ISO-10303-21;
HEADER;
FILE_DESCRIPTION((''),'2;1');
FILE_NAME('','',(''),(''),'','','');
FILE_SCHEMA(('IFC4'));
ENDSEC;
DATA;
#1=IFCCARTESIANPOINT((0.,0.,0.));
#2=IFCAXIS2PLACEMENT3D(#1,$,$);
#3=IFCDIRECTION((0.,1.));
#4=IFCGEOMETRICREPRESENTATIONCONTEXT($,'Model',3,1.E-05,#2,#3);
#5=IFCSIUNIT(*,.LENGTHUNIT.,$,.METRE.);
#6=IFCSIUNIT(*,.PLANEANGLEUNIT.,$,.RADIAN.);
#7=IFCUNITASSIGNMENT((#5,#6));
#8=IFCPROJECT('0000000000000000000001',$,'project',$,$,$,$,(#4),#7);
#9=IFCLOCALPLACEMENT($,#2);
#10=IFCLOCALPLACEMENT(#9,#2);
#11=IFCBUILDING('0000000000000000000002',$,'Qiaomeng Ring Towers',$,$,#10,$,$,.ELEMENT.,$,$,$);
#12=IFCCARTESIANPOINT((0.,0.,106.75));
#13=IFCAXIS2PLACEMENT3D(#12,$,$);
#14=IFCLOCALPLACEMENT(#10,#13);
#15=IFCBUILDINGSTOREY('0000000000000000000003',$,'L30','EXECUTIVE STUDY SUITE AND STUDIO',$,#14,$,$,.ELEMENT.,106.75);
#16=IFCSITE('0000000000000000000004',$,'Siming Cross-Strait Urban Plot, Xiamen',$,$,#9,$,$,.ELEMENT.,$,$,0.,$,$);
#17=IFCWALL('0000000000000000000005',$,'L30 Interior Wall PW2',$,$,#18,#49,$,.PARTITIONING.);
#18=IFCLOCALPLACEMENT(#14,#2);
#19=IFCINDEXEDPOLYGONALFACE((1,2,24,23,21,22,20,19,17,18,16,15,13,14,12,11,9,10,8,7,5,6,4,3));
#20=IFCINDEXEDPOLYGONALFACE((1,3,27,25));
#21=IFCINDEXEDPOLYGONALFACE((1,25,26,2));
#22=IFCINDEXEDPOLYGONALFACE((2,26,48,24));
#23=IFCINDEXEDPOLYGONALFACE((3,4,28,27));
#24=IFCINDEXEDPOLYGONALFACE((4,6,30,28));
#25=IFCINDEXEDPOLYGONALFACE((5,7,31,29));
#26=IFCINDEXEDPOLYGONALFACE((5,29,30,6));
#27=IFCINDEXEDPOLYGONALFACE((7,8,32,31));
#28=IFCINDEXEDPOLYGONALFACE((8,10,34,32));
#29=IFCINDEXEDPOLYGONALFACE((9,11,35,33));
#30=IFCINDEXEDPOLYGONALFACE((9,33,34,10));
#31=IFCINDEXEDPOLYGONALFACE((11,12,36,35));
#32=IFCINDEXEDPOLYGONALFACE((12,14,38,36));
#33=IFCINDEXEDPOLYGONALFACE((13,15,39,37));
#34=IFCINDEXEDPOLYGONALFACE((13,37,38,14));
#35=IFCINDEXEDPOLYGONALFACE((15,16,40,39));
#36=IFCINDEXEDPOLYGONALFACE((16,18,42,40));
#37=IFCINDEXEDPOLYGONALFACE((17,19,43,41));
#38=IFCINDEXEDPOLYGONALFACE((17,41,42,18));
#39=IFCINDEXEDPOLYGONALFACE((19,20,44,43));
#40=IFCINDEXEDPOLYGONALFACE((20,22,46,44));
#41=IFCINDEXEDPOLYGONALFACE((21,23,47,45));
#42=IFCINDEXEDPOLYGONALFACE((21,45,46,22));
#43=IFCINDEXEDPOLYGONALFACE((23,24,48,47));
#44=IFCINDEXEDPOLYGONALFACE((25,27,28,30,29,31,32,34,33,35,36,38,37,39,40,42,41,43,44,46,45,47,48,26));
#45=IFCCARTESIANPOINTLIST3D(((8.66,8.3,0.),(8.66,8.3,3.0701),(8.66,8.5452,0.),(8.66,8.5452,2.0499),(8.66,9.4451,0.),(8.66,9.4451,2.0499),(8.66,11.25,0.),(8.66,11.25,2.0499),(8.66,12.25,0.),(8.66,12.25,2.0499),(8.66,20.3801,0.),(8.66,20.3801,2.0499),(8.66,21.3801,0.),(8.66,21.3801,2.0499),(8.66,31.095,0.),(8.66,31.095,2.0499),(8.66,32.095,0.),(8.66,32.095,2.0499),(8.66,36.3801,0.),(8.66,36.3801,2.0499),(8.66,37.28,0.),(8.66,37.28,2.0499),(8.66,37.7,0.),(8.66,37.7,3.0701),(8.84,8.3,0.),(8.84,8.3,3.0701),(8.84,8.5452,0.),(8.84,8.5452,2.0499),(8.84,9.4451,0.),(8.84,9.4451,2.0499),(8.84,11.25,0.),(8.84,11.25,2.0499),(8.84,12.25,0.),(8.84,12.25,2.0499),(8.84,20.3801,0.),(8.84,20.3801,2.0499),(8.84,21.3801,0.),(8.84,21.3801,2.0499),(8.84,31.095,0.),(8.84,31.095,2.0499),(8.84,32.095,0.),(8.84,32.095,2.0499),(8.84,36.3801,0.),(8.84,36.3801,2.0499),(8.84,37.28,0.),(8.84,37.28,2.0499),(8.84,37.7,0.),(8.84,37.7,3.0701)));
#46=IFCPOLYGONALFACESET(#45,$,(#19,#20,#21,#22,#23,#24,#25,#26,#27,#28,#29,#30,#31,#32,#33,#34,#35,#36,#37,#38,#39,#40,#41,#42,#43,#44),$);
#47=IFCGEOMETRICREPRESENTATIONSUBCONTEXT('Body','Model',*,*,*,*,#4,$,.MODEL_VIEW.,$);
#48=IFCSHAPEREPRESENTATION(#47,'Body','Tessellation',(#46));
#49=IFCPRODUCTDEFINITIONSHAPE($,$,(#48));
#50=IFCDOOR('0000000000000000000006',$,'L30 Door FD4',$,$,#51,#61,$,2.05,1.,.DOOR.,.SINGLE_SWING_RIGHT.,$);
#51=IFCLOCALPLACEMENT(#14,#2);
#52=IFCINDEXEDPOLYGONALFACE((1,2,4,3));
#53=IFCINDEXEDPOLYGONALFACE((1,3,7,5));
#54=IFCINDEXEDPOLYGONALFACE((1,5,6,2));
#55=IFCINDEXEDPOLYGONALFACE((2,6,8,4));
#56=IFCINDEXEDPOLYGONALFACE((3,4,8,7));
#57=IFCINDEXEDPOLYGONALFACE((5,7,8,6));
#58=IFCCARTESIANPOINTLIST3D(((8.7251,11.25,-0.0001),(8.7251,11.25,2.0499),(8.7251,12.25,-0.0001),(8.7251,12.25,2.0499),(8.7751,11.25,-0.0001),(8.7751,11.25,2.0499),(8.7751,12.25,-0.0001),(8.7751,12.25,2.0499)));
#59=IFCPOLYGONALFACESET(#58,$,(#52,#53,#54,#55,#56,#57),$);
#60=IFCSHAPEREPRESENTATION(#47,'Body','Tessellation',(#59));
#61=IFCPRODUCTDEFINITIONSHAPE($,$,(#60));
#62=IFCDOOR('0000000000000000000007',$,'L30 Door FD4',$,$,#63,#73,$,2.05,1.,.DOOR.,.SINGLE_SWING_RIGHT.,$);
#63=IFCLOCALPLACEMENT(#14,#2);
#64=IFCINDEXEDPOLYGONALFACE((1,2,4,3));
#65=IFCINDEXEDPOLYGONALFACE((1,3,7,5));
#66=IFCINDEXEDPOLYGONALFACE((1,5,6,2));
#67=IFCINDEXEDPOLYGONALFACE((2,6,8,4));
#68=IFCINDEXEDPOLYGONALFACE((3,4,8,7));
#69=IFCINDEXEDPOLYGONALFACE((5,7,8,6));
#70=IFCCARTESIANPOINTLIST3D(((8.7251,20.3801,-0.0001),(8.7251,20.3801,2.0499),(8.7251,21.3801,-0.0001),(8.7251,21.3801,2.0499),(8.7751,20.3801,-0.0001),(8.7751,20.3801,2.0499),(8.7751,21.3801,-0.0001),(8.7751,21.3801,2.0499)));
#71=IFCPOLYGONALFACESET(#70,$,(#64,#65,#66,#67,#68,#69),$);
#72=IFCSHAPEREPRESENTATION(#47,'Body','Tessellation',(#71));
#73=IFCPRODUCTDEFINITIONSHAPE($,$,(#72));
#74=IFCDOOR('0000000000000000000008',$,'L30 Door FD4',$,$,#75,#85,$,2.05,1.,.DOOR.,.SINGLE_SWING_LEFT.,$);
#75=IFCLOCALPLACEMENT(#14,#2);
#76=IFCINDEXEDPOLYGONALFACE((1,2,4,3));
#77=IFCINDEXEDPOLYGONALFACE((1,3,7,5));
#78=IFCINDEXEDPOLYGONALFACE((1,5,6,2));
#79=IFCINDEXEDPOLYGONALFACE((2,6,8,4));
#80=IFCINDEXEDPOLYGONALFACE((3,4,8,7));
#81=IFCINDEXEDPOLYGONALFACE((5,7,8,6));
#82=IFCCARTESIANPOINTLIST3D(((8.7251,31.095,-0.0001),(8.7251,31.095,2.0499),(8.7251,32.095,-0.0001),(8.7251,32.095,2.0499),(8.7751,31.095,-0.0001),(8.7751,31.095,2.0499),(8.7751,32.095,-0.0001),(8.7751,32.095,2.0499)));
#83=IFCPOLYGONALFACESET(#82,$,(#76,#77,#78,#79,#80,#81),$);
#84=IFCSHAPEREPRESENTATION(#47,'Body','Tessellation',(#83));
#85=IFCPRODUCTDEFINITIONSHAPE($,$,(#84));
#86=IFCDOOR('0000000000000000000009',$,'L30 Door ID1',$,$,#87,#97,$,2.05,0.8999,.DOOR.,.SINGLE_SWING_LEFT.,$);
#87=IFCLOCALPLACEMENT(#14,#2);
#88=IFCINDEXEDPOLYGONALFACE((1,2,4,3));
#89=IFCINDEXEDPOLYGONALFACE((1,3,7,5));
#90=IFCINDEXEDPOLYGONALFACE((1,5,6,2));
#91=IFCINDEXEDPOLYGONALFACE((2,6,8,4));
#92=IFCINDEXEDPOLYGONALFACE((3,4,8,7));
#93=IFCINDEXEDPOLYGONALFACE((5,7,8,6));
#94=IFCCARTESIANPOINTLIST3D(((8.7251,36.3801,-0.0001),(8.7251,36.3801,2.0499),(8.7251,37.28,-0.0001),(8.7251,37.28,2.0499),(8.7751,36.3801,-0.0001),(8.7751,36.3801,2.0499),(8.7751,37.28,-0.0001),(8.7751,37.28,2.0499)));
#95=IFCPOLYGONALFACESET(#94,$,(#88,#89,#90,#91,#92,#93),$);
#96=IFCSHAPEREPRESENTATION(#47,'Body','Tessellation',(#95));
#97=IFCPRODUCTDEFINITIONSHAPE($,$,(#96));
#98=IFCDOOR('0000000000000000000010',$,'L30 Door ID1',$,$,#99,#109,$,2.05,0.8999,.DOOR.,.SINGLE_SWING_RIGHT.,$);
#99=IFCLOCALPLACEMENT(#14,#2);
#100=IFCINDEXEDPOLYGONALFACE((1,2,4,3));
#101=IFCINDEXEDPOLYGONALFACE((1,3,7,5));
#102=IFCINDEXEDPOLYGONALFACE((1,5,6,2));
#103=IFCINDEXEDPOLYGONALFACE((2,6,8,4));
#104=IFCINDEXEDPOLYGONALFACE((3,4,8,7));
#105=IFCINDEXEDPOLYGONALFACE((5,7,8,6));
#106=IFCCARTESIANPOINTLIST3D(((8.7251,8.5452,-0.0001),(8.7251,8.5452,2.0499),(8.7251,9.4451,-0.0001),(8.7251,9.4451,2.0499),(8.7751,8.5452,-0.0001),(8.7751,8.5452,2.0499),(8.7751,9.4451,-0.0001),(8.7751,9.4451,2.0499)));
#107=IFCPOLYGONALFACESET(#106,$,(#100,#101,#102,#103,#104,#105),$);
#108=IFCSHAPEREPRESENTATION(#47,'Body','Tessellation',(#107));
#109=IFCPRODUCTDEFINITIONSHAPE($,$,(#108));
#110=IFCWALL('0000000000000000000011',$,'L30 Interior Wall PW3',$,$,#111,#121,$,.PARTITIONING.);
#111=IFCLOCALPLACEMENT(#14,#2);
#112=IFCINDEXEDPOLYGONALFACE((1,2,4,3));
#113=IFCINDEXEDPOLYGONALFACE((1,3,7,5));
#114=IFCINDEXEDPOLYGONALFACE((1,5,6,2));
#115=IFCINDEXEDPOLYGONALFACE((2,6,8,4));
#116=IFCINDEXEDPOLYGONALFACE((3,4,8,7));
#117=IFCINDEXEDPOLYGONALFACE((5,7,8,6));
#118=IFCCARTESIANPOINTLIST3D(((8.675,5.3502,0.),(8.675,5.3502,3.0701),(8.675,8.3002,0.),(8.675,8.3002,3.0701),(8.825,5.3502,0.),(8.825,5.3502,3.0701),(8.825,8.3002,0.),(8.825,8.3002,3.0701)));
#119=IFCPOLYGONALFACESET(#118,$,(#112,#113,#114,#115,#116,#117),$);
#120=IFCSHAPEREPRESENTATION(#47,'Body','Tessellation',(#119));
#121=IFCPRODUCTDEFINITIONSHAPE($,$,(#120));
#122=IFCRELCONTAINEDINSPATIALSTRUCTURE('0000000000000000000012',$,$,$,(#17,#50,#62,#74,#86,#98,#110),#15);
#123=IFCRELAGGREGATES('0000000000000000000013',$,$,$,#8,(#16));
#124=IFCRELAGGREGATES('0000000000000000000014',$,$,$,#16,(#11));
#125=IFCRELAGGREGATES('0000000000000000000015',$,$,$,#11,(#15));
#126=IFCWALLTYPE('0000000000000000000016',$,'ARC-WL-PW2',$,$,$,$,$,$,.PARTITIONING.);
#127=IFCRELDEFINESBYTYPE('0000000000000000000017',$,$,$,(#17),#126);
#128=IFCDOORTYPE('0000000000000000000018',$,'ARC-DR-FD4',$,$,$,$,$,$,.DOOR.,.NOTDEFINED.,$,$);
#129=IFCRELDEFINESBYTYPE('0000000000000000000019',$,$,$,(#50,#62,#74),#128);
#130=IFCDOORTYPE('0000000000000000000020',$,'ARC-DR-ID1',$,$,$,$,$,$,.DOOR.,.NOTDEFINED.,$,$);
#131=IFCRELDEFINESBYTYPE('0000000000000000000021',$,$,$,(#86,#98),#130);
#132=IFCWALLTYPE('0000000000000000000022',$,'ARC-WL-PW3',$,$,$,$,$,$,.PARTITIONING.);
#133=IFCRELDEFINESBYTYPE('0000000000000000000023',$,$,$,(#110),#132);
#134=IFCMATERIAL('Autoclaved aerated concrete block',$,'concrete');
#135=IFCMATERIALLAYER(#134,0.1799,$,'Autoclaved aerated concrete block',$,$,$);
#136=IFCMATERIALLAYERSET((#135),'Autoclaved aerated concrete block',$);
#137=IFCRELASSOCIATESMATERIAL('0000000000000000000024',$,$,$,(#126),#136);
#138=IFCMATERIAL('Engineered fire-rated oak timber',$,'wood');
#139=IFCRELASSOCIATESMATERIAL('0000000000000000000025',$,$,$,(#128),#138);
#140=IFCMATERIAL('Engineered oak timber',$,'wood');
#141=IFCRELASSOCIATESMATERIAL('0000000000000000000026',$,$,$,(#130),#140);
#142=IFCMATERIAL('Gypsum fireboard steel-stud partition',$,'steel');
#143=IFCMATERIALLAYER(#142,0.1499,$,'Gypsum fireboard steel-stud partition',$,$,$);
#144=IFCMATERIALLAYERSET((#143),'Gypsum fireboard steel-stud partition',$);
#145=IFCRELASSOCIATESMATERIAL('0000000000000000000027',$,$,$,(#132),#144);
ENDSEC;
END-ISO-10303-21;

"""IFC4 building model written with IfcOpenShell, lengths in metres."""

from ifc_helpers import new_model, si_unit, direction, frame, frame_2d, origin, place, context, subcontext, project, spatial, rectangle, extrude, source, transform, mapped, material, layer, layer_set, type_object, element, fill, save


model = new_model("IFC4")

# Units and contexts
model_context = context("Model", 3, precision=1e-05, world=origin(), true_north=direction((0.0, 1.0)))
body_context = subcontext(model_context, "Body", "Model", "MODEL_VIEW")
ifc_project = project(units=[si_unit("LENGTHUNIT", "METRE"), si_unit("PLANEANGLEUNIT", "RADIAN")], contexts=[model_context])

# Site, building, storey
site_placement = place(None, origin())
site = spatial("IfcSite", under=ifc_project, at=site_placement, Name="Siming Cross-Strait Urban Plot, Xiamen", CompositionType="ELEMENT", RefElevation=0.0)
building_placement = place(site_placement, origin())
building = spatial("IfcBuilding", under=site, at=building_placement, Name="Qiaomeng Ring Towers", CompositionType="ELEMENT")
storey_placement = place(building_placement, frame((0.0, 0.0, 106.75)))
storey = spatial("IfcBuildingStorey", under=building, at=storey_placement, Name="L30", Description="EXECUTIVE STUDY SUITE AND STUDIO", CompositionType="ELEMENT", Elevation=106.75)

# Wall, openings, doors
ifc_material_1 = material(Name="Autoclaved aerated concrete block", Category="concrete")
ifc_layer_1 = layer(ifc_material_1, 0.1799, Name="Autoclaved aerated concrete block")
ifc_layer_set_1 = layer_set([ifc_layer_1], Name="Autoclaved aerated concrete block")
wall_type_1 = type_object("IfcWallType", Name="ARC-WL-PW2", PredefinedType="PARTITIONING", material=ifc_layer_set_1)
ifc_material_2 = material(Name="Engineered fire-rated oak timber", Category="wood")
door_type_1 = type_object("IfcDoorType", Name="ARC-DR-FD4", OperationType="NOTDEFINED", PredefinedType="DOOR", material=ifc_material_2)
shared_shape_1 = source(origin(), body_context, "Body", "SweptSolid", [
    extrude(rectangle(XDim=1.0, YDim=2.05, at=frame_2d((0.5, 1.0249))), frame((0.0, 0.0249, 0.0), z_axis=(0.0, -1.0, 0.0), x_axis=(1.0, 0.0, 0.0)), (0.0, 0.0, 1.0), 0.05),
])
wall_1_placement = place(storey_placement, frame((8.75, 8.3, 0.0), z_axis=(0.0, 0.0, 1.0), x_axis=(0.0, 1.0, 0.0)))
wall_1 = element("IfcWall", 1, at=wall_1_placement, inside=storey, type_object=wall_type_1, Name="L30 Interior Wall PW2", PredefinedType="PARTITIONING", context=body_context, shape_type="SweptSolid", body=[
    extrude(rectangle(XDim=29.3999, YDim=0.1799, at=frame_2d((14.7, 0.0))), origin(), (0.0, 0.0, 1.0), 3.0701),
])
opening_1_placement = place(wall_1_placement, frame((28.0801, 0.0, 0.0)))
opening_1 = element("IfcOpeningElement", 2, at=opening_1_placement, cuts=wall_1, PredefinedType="OPENING", context=body_context, shape_type="SweptSolid", body=[
    extrude(rectangle(XDim=0.8999, YDim=2.05, at=frame_2d((0.45, 1.0249))), frame((0.0, 0.0999, 0.0), z_axis=(0.0, -1.0, 0.0), x_axis=(1.0, 0.0, 0.0)), (0.0, 0.0, 1.0), 0.2),
])
opening_2_placement = place(wall_1_placement, frame((0.2451, 0.0, 0.0)))
opening_2 = element("IfcOpeningElement", 3, at=opening_2_placement, cuts=wall_1, PredefinedType="OPENING", context=body_context, shape_type="SweptSolid", body=[
    extrude(rectangle(XDim=0.8999, YDim=2.05, at=frame_2d((0.45, 1.0249))), frame((0.0, 0.0999, 0.0), z_axis=(0.0, -1.0, 0.0), x_axis=(1.0, 0.0, 0.0)), (0.0, 0.0, 1.0), 0.2),
])
opening_3_placement = place(wall_1_placement, frame((2.95, 0.0, 0.0)))
opening_3 = element("IfcOpeningElement", 4, at=opening_3_placement, cuts=wall_1, PredefinedType="OPENING", context=body_context, shape_type="SweptSolid", body=[
    extrude(rectangle(XDim=1.0, YDim=2.05, at=frame_2d((0.5, 1.0249))), frame((0.0, 0.0999, 0.0), z_axis=(0.0, -1.0, 0.0), x_axis=(1.0, 0.0, 0.0)), (0.0, 0.0, 1.0), 0.2),
])
opening_4_placement = place(wall_1_placement, frame((12.0801, 0.0, 0.0)))
opening_4 = element("IfcOpeningElement", 5, at=opening_4_placement, cuts=wall_1, PredefinedType="OPENING", context=body_context, shape_type="SweptSolid", body=[
    extrude(rectangle(XDim=1.0, YDim=2.05, at=frame_2d((0.5, 1.0249))), frame((0.0, 0.0999, 0.0), z_axis=(0.0, -1.0, 0.0), x_axis=(1.0, 0.0, 0.0)), (0.0, 0.0, 1.0), 0.2),
])
opening_5_placement = place(wall_1_placement, frame((22.7949, 0.0, 0.0)))
opening_5 = element("IfcOpeningElement", 6, at=opening_5_placement, cuts=wall_1, PredefinedType="OPENING", context=body_context, shape_type="SweptSolid", body=[
    extrude(rectangle(XDim=1.0, YDim=2.05, at=frame_2d((0.5, 1.0249))), frame((0.0, 0.0999, 0.0), z_axis=(0.0, -1.0, 0.0), x_axis=(1.0, 0.0, 0.0)), (0.0, 0.0, 1.0), 0.2),
])
door_1_placement = place(opening_3_placement, origin())
door_1 = element("IfcDoor", 7, at=door_1_placement, inside=storey, type_object=door_type_1, Name="L30 Door FD4", OperationType="SINGLE_SWING_RIGHT", OverallHeight=2.05, OverallWidth=1.0, PredefinedType="DOOR", context=body_context, shape_type="MappedRepresentation", body=[
    mapped(shared_shape_1, transform((0.0, 0.0, 0.0), x_axis=(1.0, 0.0, 0.0), y_axis=(0.0, 1.0, 0.0), z_axis=(0.0, 0.0, 1.0), scale=1.0)),
])
fill(opening_3, door_1)
door_2_placement = place(opening_4_placement, origin())
door_2 = element("IfcDoor", 8, at=door_2_placement, inside=storey, type_object=door_type_1, Name="L30 Door FD4", OperationType="SINGLE_SWING_RIGHT", OverallHeight=2.05, OverallWidth=1.0, PredefinedType="DOOR", context=body_context, shape_type="MappedRepresentation", body=[
    mapped(shared_shape_1, transform((0.0, 0.0, 0.0), x_axis=(1.0, 0.0, 0.0), y_axis=(0.0, 1.0, 0.0), z_axis=(0.0, 0.0, 1.0), scale=1.0)),
])
fill(opening_4, door_2)
door_3_placement = place(opening_5_placement, origin())
door_3 = element("IfcDoor", 9, at=door_3_placement, inside=storey, type_object=door_type_1, Name="L30 Door FD4", OperationType="SINGLE_SWING_LEFT", OverallHeight=2.05, OverallWidth=1.0, PredefinedType="DOOR", context=body_context, shape_type="MappedRepresentation", body=[
    mapped(shared_shape_1, transform((0.0, 0.0, 0.0), x_axis=(1.0, 0.0, 0.0), y_axis=(0.0, 1.0, 0.0), z_axis=(0.0, 0.0, 1.0), scale=1.0)),
])
fill(opening_5, door_3)
ifc_material_3 = material(Name="Engineered oak timber", Category="wood")
door_type_2 = type_object("IfcDoorType", Name="ARC-DR-ID1", OperationType="NOTDEFINED", PredefinedType="DOOR", material=ifc_material_3)
shared_shape_2 = source(origin(), body_context, "Body", "SweptSolid", [
    extrude(rectangle(XDim=0.8999, YDim=2.05, at=frame_2d((0.45, 1.0249))), frame((0.0, 0.0249, 0.0), z_axis=(0.0, -1.0, 0.0), x_axis=(1.0, 0.0, 0.0)), (0.0, 0.0, 1.0), 0.05),
])
door_4_placement = place(opening_1_placement, origin())
door_4 = element("IfcDoor", 10, at=door_4_placement, inside=storey, type_object=door_type_2, Name="L30 Door ID1", OperationType="SINGLE_SWING_LEFT", OverallHeight=2.05, OverallWidth=0.8999, PredefinedType="DOOR", context=body_context, shape_type="MappedRepresentation", body=[
    mapped(shared_shape_2, transform((0.0, 0.0, 0.0), x_axis=(1.0, 0.0, 0.0), y_axis=(0.0, 1.0, 0.0), z_axis=(0.0, 0.0, 1.0), scale=1.0)),
])
fill(opening_1, door_4)
door_5_placement = place(opening_2_placement, origin())
door_5 = element("IfcDoor", 11, at=door_5_placement, inside=storey, type_object=door_type_2, Name="L30 Door ID1", OperationType="SINGLE_SWING_RIGHT", OverallHeight=2.05, OverallWidth=0.8999, PredefinedType="DOOR", context=body_context, shape_type="MappedRepresentation", body=[
    mapped(shared_shape_2, transform((0.0, 0.0, 0.0), x_axis=(1.0, 0.0, 0.0), y_axis=(0.0, 1.0, 0.0), z_axis=(0.0, 0.0, 1.0), scale=1.0)),
])
fill(opening_2, door_5)

# Wall
ifc_material_4 = material(Name="Gypsum fireboard steel-stud partition", Category="steel")
ifc_layer_2 = layer(ifc_material_4, 0.1499, Name="Gypsum fireboard steel-stud partition")
ifc_layer_set_2 = layer_set([ifc_layer_2], Name="Gypsum fireboard steel-stud partition")
wall_type_2 = type_object("IfcWallType", Name="ARC-WL-PW3", PredefinedType="PARTITIONING", material=ifc_layer_set_2)
wall_2_placement = place(storey_placement, frame((8.75, 5.3501, 0.0), z_axis=(0.0, 0.0, 1.0), x_axis=(0.0, 1.0, 0.0)))
element("IfcWall", 12, at=wall_2_placement, inside=storey, type_object=wall_type_2, Name="L30 Interior Wall PW3", PredefinedType="PARTITIONING", context=body_context, shape_type="SweptSolid", body=[
    extrude(rectangle(XDim=2.95, YDim=0.1499, at=frame_2d((1.4751, 0.0))), origin(), (0.0, 0.0, 1.0), 3.0701),
])

save(model, "model.ifc")
